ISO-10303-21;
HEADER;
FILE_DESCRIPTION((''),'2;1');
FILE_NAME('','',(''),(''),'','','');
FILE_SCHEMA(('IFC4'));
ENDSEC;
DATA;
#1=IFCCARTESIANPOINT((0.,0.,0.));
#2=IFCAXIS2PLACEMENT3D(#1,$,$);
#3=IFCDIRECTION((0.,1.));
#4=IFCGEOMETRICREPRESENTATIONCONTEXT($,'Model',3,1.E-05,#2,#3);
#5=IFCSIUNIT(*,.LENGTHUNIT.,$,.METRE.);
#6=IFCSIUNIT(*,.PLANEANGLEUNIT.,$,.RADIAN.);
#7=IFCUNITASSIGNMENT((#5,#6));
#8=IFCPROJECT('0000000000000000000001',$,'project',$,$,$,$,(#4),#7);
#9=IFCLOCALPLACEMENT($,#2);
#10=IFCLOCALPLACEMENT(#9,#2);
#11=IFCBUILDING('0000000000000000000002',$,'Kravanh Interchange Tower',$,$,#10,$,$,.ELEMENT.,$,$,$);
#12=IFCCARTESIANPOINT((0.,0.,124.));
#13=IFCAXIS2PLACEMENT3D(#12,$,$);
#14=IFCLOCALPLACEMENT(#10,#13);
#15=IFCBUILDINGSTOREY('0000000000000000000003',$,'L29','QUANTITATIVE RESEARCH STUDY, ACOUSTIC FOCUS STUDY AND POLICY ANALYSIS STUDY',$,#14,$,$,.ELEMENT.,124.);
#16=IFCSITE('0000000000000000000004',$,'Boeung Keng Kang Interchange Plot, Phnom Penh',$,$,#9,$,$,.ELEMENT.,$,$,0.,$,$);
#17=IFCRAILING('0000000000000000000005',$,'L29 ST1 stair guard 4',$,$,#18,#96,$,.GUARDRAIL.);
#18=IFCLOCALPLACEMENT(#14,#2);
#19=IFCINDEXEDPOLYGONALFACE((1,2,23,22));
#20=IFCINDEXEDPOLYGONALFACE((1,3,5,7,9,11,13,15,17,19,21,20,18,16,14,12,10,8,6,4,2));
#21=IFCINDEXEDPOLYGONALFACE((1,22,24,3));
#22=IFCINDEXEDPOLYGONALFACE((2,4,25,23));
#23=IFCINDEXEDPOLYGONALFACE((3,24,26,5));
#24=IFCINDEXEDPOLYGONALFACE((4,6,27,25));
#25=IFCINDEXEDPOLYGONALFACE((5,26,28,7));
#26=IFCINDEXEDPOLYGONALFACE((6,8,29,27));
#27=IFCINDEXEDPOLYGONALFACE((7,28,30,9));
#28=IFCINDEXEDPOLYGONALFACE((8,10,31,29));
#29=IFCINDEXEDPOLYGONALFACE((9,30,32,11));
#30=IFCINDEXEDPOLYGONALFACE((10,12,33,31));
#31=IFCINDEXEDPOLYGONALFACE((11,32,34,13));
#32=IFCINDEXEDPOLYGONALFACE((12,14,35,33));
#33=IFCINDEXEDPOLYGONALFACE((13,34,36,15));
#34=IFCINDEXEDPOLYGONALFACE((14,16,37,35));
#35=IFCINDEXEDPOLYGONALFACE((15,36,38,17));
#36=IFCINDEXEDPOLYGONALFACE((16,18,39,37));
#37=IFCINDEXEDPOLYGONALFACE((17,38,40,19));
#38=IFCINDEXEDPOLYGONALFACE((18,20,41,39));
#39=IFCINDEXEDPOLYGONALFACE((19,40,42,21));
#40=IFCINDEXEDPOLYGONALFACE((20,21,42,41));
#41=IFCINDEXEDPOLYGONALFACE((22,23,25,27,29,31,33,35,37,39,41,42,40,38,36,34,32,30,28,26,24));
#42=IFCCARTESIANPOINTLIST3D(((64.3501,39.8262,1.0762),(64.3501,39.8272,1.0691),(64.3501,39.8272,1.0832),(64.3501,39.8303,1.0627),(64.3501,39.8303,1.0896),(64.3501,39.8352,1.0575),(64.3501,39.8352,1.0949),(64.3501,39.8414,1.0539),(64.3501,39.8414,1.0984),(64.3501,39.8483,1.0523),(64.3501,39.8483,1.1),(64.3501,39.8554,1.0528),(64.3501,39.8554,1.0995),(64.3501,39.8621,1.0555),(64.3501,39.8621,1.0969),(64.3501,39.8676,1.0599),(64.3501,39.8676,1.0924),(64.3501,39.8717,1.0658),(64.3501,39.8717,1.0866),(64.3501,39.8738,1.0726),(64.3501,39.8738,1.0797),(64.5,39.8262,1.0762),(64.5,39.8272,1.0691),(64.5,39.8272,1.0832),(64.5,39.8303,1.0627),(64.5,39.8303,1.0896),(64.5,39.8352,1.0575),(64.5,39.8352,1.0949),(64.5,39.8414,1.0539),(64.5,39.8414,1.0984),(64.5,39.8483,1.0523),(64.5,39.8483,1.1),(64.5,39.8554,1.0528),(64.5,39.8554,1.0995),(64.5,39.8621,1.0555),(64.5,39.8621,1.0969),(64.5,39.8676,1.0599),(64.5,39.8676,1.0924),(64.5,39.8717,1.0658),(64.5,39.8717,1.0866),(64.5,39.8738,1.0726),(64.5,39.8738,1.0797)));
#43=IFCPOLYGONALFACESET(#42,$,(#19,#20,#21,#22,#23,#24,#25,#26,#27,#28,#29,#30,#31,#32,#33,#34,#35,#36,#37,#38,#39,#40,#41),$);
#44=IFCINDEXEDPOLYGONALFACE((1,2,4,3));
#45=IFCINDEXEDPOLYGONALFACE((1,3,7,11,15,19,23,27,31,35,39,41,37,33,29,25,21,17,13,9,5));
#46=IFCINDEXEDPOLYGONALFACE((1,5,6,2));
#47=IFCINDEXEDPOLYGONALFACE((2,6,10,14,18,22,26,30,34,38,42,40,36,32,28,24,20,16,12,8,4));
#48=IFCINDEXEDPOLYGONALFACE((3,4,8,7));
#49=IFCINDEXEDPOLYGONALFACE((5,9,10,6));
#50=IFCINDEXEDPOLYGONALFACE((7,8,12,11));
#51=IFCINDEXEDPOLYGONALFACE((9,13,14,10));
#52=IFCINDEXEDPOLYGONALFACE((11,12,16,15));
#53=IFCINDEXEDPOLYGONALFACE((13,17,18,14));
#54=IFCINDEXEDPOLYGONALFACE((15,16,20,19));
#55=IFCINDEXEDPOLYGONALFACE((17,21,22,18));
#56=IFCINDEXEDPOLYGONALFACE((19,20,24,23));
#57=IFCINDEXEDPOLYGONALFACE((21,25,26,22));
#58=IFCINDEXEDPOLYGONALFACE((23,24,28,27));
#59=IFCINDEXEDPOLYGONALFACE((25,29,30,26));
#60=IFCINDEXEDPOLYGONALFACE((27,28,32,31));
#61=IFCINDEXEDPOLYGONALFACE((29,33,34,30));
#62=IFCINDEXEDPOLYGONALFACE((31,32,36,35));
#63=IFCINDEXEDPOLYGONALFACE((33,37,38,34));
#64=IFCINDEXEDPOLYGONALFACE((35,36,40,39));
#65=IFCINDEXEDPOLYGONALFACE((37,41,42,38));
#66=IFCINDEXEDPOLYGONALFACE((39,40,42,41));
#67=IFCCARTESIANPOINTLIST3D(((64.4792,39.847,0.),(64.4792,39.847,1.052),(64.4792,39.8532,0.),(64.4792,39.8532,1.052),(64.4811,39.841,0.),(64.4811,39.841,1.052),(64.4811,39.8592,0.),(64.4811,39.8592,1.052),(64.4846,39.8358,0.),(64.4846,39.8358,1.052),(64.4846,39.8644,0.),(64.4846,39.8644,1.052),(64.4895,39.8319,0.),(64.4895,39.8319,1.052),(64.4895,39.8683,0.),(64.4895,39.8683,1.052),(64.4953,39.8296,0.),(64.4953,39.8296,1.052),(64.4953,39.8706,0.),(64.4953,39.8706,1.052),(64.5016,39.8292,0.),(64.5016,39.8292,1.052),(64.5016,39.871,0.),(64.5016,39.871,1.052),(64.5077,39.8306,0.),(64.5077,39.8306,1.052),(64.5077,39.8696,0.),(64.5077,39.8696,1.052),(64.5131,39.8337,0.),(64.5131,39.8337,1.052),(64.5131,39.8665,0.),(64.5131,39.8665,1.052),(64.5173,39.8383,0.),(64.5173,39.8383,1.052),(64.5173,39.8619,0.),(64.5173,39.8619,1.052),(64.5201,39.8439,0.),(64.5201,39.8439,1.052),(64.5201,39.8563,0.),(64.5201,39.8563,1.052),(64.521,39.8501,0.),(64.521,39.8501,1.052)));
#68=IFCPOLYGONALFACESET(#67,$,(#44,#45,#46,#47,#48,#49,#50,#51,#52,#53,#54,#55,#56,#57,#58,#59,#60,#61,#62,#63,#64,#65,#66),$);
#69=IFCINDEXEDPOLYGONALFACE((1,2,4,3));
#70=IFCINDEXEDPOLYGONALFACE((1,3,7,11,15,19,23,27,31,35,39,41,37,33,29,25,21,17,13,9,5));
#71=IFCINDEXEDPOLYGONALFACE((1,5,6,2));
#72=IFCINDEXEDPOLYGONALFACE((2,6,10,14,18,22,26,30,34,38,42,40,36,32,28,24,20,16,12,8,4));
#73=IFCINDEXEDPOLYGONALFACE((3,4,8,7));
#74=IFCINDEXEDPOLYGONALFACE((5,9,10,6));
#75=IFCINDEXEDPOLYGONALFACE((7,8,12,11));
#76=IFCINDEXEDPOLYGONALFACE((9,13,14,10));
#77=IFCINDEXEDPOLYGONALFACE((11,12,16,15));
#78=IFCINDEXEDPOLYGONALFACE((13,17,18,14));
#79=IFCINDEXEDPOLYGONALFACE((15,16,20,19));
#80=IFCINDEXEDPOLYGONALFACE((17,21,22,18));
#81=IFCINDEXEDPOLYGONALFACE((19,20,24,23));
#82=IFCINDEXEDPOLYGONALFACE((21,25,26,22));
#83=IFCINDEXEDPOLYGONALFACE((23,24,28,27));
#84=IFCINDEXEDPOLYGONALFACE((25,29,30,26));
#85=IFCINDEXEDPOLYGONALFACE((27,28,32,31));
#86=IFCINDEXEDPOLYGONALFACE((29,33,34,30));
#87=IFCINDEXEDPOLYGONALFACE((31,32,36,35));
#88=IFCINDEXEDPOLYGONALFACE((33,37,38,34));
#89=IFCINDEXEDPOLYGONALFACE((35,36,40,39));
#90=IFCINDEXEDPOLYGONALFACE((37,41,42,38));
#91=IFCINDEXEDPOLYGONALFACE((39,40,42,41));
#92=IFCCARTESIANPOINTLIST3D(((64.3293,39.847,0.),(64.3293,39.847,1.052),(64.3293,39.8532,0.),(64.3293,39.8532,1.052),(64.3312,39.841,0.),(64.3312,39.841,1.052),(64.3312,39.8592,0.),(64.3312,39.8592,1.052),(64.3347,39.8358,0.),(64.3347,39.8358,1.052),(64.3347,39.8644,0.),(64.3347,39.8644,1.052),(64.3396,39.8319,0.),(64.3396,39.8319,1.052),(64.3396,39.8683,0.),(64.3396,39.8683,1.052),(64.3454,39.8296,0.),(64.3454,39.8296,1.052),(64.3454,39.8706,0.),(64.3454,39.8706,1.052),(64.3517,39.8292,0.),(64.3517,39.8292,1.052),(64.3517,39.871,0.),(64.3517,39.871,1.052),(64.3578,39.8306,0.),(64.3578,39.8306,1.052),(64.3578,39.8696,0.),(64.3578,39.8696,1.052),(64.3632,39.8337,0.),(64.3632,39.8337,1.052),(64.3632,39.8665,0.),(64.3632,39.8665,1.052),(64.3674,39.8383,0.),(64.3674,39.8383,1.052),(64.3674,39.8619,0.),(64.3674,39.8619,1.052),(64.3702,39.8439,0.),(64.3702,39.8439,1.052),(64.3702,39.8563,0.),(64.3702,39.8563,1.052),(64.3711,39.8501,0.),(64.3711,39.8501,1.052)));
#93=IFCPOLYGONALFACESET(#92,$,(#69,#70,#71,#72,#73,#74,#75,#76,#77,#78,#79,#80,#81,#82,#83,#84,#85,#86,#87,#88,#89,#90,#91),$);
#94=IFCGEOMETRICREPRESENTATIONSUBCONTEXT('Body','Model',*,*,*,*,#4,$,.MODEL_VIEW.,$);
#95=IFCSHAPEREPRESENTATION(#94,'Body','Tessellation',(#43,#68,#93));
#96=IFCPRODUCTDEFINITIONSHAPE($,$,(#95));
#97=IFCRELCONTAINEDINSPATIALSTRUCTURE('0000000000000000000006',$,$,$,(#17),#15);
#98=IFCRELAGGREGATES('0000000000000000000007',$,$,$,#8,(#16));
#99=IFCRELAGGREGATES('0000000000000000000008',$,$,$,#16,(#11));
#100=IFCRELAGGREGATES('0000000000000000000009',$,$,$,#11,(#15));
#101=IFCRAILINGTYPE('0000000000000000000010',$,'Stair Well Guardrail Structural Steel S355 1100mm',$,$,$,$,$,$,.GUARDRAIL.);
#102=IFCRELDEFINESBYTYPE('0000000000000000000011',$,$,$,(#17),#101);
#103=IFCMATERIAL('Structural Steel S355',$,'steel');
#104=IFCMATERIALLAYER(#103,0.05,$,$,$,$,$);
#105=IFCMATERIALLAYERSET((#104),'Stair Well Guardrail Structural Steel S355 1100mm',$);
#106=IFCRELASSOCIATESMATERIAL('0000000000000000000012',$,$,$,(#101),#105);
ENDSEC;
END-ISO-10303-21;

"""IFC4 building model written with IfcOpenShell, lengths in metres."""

from ifc_helpers import new_model, si_unit, direction, frame, origin, origin_2d, place, context, subcontext, project, spatial, circle, extrude, material, layer, layer_set, type_object, element, save


model = new_model("IFC4")

# Units and contexts
model_context = context("Model", 3, precision=1e-05, world=origin(), true_north=direction((0.0, 1.0)))
body_context = subcontext(model_context, "Body", "Model", "MODEL_VIEW")
ifc_project = project(units=[si_unit("LENGTHUNIT", "METRE"), si_unit("PLANEANGLEUNIT", "RADIAN")], contexts=[model_context])

# Site, building, storey
site_placement = place(None, origin())
site = spatial("IfcSite", under=ifc_project, at=site_placement, Name="Boeung Keng Kang Interchange Plot, Phnom Penh", CompositionType="ELEMENT", RefElevation=0.0)
building_placement = place(site_placement, origin())
building = spatial("IfcBuilding", under=site, at=building_placement, Name="Kravanh Interchange Tower", CompositionType="ELEMENT")
storey_placement = place(building_placement, frame((0.0, 0.0, 124.0)))
storey = spatial("IfcBuildingStorey", under=building, at=storey_placement, Name="L29", Description="QUANTITATIVE RESEARCH STUDY, ACOUSTIC FOCUS STUDY AND POLICY ANALYSIS STUDY", CompositionType="ELEMENT", Elevation=124.0)

# Railing
ifc_material_1 = material(Name="Structural Steel S355", Category="steel")
ifc_layer_1 = layer(ifc_material_1, 0.05)
ifc_layer_set_1 = layer_set([ifc_layer_1], Name="Stair Well Guardrail Structural Steel S355 1100mm")
railing_type_1 = type_object("IfcRailingType", Name="Stair Well Guardrail Structural Steel S355 1100mm", PredefinedType="GUARDRAIL", material=ifc_layer_set_1)
railing_1_placement = place(storey_placement, frame((64.5, 39.8501, 0.0)))
element("IfcRailing", 1, at=railing_1_placement, inside=storey, type_object=railing_type_1, Name="L29 ST1 stair guard 4", PredefinedType="GUARDRAIL", context=body_context, shape_type="SweptSolid", body=[
    extrude(circle(Radius=0.0239, at=origin_2d()), frame((0.0, 0.0, 1.0762), z_axis=(-1.0, 0.0, 0.0), x_axis=(0.0, -1.0, 0.0)), (0.0, 0.0, 1.0), 0.1499),
    extrude(circle(Radius=0.021, at=origin_2d()), origin(), (0.0, 0.0, 1.0), 1.052),
    extrude(circle(Radius=0.021, at=origin_2d()), frame((-0.1499, 0.0, 0.0)), (0.0, 0.0, 1.0), 1.052),
])

save(model, "model.ifc")
